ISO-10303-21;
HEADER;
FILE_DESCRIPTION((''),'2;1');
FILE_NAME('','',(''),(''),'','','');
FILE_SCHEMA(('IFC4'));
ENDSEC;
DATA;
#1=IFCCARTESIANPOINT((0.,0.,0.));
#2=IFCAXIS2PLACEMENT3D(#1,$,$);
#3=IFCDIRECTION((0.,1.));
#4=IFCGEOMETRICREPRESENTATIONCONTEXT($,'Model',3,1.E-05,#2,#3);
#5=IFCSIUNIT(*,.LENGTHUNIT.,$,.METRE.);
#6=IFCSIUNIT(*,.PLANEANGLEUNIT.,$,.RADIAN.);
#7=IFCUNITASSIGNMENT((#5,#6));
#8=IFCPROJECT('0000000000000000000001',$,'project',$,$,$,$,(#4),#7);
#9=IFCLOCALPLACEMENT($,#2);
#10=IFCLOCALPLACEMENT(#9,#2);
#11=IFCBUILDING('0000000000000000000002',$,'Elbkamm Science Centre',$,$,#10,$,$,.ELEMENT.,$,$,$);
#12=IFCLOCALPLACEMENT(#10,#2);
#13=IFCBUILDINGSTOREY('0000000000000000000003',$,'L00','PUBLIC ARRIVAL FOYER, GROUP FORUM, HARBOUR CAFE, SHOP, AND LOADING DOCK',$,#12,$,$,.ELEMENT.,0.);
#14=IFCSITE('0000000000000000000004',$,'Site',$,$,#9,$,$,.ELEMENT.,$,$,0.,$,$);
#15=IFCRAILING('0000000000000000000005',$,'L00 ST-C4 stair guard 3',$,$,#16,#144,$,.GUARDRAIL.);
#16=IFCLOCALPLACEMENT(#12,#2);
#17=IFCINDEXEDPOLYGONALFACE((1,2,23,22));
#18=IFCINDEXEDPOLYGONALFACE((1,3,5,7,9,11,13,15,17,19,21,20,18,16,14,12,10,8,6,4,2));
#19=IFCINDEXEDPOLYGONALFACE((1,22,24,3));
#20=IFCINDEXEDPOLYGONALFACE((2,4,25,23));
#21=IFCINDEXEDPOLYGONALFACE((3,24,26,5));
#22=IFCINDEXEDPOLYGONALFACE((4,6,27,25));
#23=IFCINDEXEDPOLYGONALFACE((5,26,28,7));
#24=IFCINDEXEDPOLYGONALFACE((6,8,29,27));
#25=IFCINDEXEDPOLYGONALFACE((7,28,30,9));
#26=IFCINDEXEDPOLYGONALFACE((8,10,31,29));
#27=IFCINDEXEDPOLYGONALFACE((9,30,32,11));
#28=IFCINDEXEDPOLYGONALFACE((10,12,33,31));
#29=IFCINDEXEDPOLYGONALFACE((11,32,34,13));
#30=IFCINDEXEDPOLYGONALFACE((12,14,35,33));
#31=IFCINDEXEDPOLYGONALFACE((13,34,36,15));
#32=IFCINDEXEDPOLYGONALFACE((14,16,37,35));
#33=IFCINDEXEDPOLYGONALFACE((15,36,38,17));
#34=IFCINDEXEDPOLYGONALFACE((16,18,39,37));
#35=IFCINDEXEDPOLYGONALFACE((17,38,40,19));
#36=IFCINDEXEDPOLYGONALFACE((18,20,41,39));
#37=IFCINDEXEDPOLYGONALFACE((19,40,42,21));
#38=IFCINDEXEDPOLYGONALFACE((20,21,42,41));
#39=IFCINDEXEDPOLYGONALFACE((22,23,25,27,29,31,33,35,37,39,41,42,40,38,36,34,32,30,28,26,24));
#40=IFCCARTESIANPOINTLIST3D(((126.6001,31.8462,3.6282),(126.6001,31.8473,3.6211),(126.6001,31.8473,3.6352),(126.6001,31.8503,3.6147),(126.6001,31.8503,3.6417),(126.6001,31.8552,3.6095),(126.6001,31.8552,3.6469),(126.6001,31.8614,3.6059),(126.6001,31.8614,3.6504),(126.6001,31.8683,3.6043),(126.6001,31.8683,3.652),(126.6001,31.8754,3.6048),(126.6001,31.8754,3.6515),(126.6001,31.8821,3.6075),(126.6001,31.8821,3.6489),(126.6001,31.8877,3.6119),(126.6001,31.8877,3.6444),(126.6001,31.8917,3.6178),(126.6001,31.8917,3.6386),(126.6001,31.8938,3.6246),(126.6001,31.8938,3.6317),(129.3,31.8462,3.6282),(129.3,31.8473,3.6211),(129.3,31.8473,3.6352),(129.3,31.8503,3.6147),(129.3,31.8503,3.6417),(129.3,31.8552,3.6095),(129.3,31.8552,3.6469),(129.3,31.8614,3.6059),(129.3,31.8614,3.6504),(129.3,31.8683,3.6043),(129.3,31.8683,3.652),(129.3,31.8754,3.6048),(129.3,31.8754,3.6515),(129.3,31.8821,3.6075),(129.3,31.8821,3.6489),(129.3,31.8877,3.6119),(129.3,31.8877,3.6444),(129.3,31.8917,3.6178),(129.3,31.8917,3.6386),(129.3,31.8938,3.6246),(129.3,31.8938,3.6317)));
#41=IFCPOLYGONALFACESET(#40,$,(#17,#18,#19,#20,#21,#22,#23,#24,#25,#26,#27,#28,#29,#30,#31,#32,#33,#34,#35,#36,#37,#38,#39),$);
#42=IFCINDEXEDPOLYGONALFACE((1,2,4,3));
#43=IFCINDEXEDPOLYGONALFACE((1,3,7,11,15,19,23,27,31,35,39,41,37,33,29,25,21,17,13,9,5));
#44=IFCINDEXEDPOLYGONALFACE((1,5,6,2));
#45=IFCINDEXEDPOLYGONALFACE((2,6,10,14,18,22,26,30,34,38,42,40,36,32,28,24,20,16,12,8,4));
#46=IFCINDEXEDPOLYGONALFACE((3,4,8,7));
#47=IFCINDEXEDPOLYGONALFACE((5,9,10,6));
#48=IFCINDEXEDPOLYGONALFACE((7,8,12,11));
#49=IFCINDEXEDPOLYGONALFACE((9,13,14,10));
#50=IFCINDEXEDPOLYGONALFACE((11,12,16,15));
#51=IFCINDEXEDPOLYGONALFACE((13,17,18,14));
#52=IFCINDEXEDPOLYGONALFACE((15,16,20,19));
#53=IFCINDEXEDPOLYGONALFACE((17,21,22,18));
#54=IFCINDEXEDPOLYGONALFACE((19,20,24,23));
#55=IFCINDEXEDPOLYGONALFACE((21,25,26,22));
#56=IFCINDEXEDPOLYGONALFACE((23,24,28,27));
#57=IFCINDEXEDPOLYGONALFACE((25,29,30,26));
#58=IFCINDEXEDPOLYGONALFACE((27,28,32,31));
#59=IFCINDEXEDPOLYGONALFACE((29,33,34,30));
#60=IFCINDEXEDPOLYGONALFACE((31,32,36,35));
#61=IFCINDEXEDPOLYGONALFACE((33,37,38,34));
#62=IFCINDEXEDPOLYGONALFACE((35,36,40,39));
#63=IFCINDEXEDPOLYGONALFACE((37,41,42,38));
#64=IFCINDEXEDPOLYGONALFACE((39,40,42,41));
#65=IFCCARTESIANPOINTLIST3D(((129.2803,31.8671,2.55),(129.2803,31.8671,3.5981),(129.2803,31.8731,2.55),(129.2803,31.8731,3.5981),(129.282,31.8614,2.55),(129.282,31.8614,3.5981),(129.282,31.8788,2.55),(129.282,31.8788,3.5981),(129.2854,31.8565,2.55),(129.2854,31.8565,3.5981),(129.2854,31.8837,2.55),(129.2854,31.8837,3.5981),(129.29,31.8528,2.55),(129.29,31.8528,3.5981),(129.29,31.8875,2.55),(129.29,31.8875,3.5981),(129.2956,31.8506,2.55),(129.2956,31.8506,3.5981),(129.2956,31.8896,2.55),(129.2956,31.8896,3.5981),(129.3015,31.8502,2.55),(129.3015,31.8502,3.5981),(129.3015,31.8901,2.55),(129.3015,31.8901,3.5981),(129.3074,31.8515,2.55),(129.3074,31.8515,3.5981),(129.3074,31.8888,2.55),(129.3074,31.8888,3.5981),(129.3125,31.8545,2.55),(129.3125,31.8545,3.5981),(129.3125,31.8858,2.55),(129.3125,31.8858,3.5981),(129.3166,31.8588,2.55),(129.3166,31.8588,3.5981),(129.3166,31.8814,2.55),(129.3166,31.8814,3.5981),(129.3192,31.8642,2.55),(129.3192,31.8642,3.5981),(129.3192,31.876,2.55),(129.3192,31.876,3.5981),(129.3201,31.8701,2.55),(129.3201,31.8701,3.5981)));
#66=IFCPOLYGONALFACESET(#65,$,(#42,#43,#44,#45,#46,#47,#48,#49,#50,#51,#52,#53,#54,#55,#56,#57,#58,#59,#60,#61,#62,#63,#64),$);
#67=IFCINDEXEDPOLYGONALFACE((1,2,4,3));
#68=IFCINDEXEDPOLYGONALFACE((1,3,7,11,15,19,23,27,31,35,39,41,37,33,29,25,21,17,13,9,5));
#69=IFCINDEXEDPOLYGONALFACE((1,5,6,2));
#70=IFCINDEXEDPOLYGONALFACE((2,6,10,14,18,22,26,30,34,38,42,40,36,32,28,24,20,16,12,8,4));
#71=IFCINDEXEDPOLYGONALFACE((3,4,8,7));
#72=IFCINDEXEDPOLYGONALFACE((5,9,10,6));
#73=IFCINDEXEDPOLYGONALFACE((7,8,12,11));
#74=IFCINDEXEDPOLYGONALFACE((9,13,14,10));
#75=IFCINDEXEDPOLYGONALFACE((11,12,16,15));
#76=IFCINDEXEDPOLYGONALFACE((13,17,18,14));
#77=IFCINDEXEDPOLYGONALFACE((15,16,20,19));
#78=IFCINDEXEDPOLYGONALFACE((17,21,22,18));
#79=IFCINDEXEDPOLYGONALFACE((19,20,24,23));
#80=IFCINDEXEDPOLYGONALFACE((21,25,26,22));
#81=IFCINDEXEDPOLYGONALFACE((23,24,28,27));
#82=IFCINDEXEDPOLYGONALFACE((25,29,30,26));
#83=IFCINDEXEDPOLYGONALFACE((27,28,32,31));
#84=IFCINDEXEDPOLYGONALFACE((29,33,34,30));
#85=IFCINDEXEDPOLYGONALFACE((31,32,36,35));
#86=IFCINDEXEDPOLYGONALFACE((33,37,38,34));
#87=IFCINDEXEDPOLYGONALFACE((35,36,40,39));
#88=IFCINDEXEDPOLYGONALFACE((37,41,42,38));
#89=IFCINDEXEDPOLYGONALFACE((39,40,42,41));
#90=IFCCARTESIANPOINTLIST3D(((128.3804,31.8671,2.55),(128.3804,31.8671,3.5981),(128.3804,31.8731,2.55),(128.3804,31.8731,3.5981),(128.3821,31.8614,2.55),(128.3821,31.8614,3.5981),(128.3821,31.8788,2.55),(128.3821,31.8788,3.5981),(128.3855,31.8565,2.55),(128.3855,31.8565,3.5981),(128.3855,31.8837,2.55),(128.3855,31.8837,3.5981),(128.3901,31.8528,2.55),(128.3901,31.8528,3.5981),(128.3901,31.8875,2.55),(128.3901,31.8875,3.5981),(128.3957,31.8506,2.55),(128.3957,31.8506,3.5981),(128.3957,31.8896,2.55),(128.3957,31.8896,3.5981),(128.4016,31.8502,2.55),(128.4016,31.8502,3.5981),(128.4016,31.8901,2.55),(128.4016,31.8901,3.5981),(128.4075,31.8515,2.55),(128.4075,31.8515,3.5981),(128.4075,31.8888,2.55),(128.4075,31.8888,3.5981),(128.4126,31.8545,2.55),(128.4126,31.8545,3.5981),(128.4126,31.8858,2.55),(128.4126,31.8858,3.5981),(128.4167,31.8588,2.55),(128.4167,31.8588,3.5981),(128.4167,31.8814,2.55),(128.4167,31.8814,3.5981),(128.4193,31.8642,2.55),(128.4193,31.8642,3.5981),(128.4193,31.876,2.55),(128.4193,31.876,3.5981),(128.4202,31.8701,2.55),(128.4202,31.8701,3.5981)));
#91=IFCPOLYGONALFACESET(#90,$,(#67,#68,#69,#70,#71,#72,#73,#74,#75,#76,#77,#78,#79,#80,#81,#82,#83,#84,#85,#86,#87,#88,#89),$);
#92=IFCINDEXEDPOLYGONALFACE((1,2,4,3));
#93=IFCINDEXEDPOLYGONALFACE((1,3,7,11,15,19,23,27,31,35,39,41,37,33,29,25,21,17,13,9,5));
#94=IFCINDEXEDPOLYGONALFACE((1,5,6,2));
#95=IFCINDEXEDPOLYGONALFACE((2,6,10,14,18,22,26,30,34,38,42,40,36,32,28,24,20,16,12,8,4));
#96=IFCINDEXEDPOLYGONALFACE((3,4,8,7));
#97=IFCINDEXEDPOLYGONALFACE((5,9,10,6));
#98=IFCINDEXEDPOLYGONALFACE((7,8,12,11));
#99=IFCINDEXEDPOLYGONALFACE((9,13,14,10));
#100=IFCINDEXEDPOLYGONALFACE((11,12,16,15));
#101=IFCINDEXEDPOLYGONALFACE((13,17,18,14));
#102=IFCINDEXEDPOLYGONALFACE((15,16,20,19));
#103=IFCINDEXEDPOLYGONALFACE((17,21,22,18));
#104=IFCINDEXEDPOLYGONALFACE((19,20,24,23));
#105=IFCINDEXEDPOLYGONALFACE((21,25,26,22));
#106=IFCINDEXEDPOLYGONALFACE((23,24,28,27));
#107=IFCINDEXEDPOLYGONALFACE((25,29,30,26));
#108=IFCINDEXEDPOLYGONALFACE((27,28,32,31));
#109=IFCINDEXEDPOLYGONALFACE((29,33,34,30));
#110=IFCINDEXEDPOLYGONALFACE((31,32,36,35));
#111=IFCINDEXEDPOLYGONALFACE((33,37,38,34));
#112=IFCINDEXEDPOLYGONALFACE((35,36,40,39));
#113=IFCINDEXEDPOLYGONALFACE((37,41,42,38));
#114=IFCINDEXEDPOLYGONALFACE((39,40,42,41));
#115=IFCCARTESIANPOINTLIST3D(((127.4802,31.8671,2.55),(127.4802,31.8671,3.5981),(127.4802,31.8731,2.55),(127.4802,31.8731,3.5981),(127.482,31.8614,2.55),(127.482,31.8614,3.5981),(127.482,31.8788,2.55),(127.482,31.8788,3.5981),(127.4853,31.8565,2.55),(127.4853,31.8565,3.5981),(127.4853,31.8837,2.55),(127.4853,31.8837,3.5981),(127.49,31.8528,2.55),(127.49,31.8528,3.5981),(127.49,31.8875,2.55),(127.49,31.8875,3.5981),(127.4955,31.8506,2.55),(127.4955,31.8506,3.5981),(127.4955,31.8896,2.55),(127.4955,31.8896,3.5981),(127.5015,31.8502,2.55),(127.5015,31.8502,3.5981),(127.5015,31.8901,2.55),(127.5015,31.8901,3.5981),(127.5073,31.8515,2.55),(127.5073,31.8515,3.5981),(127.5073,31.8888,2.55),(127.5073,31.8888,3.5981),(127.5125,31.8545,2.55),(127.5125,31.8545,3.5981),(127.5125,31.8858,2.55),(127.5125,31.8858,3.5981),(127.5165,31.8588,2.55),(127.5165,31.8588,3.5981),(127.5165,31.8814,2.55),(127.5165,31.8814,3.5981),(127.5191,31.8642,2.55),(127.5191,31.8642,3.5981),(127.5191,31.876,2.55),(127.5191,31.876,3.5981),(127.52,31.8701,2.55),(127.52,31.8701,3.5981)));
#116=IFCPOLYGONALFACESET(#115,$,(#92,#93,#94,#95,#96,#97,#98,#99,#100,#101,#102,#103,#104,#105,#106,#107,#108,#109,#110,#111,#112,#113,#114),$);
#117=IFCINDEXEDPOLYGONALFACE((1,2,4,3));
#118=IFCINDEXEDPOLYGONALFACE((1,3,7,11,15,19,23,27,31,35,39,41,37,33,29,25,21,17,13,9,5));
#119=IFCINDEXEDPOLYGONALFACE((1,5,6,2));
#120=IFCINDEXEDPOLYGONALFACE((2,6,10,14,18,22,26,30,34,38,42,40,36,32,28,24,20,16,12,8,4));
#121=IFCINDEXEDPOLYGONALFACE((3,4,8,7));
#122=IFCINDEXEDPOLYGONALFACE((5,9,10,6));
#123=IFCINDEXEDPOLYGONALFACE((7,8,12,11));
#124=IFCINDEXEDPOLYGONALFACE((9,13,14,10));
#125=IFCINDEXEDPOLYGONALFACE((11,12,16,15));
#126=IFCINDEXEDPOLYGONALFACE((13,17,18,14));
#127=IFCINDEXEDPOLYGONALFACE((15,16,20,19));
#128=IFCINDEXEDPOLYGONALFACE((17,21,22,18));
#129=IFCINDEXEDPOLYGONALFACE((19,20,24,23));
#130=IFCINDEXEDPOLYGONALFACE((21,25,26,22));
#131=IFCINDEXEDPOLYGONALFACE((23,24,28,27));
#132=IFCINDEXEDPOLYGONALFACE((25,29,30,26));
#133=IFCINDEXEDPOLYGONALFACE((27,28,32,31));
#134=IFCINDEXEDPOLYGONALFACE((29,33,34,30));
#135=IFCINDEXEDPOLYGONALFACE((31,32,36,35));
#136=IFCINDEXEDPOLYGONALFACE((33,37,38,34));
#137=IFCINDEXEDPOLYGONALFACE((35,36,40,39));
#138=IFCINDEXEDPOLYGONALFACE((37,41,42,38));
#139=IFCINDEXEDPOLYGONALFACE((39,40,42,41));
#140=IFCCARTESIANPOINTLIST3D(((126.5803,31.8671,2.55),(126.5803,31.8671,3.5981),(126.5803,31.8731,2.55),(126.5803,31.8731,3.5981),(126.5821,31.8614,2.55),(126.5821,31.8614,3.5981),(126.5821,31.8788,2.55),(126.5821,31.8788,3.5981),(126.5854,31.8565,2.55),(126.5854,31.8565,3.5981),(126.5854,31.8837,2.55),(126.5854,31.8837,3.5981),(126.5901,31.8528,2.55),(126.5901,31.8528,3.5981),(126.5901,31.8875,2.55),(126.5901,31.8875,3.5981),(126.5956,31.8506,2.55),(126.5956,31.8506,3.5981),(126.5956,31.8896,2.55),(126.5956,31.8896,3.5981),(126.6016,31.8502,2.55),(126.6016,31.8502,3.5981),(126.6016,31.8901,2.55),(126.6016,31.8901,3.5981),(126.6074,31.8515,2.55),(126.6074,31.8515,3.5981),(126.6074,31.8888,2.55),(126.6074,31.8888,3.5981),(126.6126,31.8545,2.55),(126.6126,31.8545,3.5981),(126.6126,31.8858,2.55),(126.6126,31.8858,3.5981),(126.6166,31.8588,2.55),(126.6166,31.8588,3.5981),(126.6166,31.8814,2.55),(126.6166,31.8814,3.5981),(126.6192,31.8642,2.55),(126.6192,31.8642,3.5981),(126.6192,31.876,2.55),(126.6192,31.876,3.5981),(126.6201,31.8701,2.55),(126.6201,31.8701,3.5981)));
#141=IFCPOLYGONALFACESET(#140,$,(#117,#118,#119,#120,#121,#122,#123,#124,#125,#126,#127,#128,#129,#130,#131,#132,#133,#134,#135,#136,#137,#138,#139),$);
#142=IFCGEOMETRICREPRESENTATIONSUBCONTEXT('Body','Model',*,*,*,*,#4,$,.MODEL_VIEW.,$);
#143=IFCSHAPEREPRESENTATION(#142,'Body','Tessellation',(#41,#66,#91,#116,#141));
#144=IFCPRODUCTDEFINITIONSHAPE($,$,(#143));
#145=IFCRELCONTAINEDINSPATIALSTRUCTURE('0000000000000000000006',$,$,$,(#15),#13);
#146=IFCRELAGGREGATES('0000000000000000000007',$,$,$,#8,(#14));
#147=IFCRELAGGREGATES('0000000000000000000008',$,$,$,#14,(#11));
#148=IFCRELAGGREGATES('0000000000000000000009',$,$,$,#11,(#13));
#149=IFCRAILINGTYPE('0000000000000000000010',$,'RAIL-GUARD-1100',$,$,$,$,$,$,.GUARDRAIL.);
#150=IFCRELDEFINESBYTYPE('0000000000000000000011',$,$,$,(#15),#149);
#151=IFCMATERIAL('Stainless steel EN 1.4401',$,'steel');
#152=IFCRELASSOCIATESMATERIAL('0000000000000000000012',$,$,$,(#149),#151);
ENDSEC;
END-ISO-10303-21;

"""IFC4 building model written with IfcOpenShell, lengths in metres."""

from ifc_helpers import new_model, si_unit, direction, frame, origin, origin_2d, place, context, subcontext, project, spatial, circle, extrude, material, type_object, element, save


model = new_model("IFC4")

# Units and contexts
model_context = context("Model", 3, precision=1e-05, world=origin(), true_north=direction((0.0, 1.0)))
body_context = subcontext(model_context, "Body", "Model", "MODEL_VIEW")
ifc_project = project(units=[si_unit("LENGTHUNIT", "METRE"), si_unit("PLANEANGLEUNIT", "RADIAN")], contexts=[model_context])

# Site, building, storey
site_placement = place(None, origin())
site = spatial("IfcSite", under=ifc_project, at=site_placement, Name="Site", CompositionType="ELEMENT", RefElevation=0.0)
building_placement = place(site_placement, origin())
building = spatial("IfcBuilding", under=site, at=building_placement, Name="Elbkamm Science Centre", CompositionType="ELEMENT")
storey_placement = place(building_placement, origin())
storey = spatial("IfcBuildingStorey", under=building, at=storey_placement, Name="L00", Description="PUBLIC ARRIVAL FOYER, GROUP FORUM, HARBOUR CAFE, SHOP, AND LOADING DOCK", CompositionType="ELEMENT", Elevation=0.0)

# Railing
ifc_material_1 = material(Name="Stainless steel EN 1.4401", Category="steel")
railing_type_1 = type_object("IfcRailingType", Name="RAIL-GUARD-1100", PredefinedType="GUARDRAIL", material=ifc_material_1)
for number, where, name in (
    (1, (129.3, 31.8701, 2.55), "L00 ST-C4 stair guard 3"),
):
    element("IfcRailing", number, at=place(storey_placement, frame(where)), inside=storey, type_object=railing_type_1, Name=name, PredefinedType="GUARDRAIL", context=body_context, shape_type="SweptSolid", body=[
        extrude(circle(Radius=0.0239, at=origin_2d()), frame((0.0, 0.0, 1.0781), z_axis=(-1.0, 0.0, 0.0), x_axis=(0.0, -1.0, 0.0)), (0.0, 0.0, 1.0), 2.7),
        extrude(circle(Radius=0.02, at=origin_2d()), origin(), (0.0, 0.0, 1.0), 1.0481),
        extrude(circle(Radius=0.02, at=origin_2d()), frame((-0.8999, 0.0, 0.0)), (0.0, 0.0, 1.0), 1.0481),
        extrude(circle(Radius=0.02, at=origin_2d()), frame((-1.8, 0.0, 0.0)), (0.0, 0.0, 1.0), 1.0481),
        extrude(circle(Radius=0.02, at=origin_2d()), frame((-2.7, 0.0, 0.0)), (0.0, 0.0, 1.0), 1.0481),
    ])

save(model, "model.ifc")
